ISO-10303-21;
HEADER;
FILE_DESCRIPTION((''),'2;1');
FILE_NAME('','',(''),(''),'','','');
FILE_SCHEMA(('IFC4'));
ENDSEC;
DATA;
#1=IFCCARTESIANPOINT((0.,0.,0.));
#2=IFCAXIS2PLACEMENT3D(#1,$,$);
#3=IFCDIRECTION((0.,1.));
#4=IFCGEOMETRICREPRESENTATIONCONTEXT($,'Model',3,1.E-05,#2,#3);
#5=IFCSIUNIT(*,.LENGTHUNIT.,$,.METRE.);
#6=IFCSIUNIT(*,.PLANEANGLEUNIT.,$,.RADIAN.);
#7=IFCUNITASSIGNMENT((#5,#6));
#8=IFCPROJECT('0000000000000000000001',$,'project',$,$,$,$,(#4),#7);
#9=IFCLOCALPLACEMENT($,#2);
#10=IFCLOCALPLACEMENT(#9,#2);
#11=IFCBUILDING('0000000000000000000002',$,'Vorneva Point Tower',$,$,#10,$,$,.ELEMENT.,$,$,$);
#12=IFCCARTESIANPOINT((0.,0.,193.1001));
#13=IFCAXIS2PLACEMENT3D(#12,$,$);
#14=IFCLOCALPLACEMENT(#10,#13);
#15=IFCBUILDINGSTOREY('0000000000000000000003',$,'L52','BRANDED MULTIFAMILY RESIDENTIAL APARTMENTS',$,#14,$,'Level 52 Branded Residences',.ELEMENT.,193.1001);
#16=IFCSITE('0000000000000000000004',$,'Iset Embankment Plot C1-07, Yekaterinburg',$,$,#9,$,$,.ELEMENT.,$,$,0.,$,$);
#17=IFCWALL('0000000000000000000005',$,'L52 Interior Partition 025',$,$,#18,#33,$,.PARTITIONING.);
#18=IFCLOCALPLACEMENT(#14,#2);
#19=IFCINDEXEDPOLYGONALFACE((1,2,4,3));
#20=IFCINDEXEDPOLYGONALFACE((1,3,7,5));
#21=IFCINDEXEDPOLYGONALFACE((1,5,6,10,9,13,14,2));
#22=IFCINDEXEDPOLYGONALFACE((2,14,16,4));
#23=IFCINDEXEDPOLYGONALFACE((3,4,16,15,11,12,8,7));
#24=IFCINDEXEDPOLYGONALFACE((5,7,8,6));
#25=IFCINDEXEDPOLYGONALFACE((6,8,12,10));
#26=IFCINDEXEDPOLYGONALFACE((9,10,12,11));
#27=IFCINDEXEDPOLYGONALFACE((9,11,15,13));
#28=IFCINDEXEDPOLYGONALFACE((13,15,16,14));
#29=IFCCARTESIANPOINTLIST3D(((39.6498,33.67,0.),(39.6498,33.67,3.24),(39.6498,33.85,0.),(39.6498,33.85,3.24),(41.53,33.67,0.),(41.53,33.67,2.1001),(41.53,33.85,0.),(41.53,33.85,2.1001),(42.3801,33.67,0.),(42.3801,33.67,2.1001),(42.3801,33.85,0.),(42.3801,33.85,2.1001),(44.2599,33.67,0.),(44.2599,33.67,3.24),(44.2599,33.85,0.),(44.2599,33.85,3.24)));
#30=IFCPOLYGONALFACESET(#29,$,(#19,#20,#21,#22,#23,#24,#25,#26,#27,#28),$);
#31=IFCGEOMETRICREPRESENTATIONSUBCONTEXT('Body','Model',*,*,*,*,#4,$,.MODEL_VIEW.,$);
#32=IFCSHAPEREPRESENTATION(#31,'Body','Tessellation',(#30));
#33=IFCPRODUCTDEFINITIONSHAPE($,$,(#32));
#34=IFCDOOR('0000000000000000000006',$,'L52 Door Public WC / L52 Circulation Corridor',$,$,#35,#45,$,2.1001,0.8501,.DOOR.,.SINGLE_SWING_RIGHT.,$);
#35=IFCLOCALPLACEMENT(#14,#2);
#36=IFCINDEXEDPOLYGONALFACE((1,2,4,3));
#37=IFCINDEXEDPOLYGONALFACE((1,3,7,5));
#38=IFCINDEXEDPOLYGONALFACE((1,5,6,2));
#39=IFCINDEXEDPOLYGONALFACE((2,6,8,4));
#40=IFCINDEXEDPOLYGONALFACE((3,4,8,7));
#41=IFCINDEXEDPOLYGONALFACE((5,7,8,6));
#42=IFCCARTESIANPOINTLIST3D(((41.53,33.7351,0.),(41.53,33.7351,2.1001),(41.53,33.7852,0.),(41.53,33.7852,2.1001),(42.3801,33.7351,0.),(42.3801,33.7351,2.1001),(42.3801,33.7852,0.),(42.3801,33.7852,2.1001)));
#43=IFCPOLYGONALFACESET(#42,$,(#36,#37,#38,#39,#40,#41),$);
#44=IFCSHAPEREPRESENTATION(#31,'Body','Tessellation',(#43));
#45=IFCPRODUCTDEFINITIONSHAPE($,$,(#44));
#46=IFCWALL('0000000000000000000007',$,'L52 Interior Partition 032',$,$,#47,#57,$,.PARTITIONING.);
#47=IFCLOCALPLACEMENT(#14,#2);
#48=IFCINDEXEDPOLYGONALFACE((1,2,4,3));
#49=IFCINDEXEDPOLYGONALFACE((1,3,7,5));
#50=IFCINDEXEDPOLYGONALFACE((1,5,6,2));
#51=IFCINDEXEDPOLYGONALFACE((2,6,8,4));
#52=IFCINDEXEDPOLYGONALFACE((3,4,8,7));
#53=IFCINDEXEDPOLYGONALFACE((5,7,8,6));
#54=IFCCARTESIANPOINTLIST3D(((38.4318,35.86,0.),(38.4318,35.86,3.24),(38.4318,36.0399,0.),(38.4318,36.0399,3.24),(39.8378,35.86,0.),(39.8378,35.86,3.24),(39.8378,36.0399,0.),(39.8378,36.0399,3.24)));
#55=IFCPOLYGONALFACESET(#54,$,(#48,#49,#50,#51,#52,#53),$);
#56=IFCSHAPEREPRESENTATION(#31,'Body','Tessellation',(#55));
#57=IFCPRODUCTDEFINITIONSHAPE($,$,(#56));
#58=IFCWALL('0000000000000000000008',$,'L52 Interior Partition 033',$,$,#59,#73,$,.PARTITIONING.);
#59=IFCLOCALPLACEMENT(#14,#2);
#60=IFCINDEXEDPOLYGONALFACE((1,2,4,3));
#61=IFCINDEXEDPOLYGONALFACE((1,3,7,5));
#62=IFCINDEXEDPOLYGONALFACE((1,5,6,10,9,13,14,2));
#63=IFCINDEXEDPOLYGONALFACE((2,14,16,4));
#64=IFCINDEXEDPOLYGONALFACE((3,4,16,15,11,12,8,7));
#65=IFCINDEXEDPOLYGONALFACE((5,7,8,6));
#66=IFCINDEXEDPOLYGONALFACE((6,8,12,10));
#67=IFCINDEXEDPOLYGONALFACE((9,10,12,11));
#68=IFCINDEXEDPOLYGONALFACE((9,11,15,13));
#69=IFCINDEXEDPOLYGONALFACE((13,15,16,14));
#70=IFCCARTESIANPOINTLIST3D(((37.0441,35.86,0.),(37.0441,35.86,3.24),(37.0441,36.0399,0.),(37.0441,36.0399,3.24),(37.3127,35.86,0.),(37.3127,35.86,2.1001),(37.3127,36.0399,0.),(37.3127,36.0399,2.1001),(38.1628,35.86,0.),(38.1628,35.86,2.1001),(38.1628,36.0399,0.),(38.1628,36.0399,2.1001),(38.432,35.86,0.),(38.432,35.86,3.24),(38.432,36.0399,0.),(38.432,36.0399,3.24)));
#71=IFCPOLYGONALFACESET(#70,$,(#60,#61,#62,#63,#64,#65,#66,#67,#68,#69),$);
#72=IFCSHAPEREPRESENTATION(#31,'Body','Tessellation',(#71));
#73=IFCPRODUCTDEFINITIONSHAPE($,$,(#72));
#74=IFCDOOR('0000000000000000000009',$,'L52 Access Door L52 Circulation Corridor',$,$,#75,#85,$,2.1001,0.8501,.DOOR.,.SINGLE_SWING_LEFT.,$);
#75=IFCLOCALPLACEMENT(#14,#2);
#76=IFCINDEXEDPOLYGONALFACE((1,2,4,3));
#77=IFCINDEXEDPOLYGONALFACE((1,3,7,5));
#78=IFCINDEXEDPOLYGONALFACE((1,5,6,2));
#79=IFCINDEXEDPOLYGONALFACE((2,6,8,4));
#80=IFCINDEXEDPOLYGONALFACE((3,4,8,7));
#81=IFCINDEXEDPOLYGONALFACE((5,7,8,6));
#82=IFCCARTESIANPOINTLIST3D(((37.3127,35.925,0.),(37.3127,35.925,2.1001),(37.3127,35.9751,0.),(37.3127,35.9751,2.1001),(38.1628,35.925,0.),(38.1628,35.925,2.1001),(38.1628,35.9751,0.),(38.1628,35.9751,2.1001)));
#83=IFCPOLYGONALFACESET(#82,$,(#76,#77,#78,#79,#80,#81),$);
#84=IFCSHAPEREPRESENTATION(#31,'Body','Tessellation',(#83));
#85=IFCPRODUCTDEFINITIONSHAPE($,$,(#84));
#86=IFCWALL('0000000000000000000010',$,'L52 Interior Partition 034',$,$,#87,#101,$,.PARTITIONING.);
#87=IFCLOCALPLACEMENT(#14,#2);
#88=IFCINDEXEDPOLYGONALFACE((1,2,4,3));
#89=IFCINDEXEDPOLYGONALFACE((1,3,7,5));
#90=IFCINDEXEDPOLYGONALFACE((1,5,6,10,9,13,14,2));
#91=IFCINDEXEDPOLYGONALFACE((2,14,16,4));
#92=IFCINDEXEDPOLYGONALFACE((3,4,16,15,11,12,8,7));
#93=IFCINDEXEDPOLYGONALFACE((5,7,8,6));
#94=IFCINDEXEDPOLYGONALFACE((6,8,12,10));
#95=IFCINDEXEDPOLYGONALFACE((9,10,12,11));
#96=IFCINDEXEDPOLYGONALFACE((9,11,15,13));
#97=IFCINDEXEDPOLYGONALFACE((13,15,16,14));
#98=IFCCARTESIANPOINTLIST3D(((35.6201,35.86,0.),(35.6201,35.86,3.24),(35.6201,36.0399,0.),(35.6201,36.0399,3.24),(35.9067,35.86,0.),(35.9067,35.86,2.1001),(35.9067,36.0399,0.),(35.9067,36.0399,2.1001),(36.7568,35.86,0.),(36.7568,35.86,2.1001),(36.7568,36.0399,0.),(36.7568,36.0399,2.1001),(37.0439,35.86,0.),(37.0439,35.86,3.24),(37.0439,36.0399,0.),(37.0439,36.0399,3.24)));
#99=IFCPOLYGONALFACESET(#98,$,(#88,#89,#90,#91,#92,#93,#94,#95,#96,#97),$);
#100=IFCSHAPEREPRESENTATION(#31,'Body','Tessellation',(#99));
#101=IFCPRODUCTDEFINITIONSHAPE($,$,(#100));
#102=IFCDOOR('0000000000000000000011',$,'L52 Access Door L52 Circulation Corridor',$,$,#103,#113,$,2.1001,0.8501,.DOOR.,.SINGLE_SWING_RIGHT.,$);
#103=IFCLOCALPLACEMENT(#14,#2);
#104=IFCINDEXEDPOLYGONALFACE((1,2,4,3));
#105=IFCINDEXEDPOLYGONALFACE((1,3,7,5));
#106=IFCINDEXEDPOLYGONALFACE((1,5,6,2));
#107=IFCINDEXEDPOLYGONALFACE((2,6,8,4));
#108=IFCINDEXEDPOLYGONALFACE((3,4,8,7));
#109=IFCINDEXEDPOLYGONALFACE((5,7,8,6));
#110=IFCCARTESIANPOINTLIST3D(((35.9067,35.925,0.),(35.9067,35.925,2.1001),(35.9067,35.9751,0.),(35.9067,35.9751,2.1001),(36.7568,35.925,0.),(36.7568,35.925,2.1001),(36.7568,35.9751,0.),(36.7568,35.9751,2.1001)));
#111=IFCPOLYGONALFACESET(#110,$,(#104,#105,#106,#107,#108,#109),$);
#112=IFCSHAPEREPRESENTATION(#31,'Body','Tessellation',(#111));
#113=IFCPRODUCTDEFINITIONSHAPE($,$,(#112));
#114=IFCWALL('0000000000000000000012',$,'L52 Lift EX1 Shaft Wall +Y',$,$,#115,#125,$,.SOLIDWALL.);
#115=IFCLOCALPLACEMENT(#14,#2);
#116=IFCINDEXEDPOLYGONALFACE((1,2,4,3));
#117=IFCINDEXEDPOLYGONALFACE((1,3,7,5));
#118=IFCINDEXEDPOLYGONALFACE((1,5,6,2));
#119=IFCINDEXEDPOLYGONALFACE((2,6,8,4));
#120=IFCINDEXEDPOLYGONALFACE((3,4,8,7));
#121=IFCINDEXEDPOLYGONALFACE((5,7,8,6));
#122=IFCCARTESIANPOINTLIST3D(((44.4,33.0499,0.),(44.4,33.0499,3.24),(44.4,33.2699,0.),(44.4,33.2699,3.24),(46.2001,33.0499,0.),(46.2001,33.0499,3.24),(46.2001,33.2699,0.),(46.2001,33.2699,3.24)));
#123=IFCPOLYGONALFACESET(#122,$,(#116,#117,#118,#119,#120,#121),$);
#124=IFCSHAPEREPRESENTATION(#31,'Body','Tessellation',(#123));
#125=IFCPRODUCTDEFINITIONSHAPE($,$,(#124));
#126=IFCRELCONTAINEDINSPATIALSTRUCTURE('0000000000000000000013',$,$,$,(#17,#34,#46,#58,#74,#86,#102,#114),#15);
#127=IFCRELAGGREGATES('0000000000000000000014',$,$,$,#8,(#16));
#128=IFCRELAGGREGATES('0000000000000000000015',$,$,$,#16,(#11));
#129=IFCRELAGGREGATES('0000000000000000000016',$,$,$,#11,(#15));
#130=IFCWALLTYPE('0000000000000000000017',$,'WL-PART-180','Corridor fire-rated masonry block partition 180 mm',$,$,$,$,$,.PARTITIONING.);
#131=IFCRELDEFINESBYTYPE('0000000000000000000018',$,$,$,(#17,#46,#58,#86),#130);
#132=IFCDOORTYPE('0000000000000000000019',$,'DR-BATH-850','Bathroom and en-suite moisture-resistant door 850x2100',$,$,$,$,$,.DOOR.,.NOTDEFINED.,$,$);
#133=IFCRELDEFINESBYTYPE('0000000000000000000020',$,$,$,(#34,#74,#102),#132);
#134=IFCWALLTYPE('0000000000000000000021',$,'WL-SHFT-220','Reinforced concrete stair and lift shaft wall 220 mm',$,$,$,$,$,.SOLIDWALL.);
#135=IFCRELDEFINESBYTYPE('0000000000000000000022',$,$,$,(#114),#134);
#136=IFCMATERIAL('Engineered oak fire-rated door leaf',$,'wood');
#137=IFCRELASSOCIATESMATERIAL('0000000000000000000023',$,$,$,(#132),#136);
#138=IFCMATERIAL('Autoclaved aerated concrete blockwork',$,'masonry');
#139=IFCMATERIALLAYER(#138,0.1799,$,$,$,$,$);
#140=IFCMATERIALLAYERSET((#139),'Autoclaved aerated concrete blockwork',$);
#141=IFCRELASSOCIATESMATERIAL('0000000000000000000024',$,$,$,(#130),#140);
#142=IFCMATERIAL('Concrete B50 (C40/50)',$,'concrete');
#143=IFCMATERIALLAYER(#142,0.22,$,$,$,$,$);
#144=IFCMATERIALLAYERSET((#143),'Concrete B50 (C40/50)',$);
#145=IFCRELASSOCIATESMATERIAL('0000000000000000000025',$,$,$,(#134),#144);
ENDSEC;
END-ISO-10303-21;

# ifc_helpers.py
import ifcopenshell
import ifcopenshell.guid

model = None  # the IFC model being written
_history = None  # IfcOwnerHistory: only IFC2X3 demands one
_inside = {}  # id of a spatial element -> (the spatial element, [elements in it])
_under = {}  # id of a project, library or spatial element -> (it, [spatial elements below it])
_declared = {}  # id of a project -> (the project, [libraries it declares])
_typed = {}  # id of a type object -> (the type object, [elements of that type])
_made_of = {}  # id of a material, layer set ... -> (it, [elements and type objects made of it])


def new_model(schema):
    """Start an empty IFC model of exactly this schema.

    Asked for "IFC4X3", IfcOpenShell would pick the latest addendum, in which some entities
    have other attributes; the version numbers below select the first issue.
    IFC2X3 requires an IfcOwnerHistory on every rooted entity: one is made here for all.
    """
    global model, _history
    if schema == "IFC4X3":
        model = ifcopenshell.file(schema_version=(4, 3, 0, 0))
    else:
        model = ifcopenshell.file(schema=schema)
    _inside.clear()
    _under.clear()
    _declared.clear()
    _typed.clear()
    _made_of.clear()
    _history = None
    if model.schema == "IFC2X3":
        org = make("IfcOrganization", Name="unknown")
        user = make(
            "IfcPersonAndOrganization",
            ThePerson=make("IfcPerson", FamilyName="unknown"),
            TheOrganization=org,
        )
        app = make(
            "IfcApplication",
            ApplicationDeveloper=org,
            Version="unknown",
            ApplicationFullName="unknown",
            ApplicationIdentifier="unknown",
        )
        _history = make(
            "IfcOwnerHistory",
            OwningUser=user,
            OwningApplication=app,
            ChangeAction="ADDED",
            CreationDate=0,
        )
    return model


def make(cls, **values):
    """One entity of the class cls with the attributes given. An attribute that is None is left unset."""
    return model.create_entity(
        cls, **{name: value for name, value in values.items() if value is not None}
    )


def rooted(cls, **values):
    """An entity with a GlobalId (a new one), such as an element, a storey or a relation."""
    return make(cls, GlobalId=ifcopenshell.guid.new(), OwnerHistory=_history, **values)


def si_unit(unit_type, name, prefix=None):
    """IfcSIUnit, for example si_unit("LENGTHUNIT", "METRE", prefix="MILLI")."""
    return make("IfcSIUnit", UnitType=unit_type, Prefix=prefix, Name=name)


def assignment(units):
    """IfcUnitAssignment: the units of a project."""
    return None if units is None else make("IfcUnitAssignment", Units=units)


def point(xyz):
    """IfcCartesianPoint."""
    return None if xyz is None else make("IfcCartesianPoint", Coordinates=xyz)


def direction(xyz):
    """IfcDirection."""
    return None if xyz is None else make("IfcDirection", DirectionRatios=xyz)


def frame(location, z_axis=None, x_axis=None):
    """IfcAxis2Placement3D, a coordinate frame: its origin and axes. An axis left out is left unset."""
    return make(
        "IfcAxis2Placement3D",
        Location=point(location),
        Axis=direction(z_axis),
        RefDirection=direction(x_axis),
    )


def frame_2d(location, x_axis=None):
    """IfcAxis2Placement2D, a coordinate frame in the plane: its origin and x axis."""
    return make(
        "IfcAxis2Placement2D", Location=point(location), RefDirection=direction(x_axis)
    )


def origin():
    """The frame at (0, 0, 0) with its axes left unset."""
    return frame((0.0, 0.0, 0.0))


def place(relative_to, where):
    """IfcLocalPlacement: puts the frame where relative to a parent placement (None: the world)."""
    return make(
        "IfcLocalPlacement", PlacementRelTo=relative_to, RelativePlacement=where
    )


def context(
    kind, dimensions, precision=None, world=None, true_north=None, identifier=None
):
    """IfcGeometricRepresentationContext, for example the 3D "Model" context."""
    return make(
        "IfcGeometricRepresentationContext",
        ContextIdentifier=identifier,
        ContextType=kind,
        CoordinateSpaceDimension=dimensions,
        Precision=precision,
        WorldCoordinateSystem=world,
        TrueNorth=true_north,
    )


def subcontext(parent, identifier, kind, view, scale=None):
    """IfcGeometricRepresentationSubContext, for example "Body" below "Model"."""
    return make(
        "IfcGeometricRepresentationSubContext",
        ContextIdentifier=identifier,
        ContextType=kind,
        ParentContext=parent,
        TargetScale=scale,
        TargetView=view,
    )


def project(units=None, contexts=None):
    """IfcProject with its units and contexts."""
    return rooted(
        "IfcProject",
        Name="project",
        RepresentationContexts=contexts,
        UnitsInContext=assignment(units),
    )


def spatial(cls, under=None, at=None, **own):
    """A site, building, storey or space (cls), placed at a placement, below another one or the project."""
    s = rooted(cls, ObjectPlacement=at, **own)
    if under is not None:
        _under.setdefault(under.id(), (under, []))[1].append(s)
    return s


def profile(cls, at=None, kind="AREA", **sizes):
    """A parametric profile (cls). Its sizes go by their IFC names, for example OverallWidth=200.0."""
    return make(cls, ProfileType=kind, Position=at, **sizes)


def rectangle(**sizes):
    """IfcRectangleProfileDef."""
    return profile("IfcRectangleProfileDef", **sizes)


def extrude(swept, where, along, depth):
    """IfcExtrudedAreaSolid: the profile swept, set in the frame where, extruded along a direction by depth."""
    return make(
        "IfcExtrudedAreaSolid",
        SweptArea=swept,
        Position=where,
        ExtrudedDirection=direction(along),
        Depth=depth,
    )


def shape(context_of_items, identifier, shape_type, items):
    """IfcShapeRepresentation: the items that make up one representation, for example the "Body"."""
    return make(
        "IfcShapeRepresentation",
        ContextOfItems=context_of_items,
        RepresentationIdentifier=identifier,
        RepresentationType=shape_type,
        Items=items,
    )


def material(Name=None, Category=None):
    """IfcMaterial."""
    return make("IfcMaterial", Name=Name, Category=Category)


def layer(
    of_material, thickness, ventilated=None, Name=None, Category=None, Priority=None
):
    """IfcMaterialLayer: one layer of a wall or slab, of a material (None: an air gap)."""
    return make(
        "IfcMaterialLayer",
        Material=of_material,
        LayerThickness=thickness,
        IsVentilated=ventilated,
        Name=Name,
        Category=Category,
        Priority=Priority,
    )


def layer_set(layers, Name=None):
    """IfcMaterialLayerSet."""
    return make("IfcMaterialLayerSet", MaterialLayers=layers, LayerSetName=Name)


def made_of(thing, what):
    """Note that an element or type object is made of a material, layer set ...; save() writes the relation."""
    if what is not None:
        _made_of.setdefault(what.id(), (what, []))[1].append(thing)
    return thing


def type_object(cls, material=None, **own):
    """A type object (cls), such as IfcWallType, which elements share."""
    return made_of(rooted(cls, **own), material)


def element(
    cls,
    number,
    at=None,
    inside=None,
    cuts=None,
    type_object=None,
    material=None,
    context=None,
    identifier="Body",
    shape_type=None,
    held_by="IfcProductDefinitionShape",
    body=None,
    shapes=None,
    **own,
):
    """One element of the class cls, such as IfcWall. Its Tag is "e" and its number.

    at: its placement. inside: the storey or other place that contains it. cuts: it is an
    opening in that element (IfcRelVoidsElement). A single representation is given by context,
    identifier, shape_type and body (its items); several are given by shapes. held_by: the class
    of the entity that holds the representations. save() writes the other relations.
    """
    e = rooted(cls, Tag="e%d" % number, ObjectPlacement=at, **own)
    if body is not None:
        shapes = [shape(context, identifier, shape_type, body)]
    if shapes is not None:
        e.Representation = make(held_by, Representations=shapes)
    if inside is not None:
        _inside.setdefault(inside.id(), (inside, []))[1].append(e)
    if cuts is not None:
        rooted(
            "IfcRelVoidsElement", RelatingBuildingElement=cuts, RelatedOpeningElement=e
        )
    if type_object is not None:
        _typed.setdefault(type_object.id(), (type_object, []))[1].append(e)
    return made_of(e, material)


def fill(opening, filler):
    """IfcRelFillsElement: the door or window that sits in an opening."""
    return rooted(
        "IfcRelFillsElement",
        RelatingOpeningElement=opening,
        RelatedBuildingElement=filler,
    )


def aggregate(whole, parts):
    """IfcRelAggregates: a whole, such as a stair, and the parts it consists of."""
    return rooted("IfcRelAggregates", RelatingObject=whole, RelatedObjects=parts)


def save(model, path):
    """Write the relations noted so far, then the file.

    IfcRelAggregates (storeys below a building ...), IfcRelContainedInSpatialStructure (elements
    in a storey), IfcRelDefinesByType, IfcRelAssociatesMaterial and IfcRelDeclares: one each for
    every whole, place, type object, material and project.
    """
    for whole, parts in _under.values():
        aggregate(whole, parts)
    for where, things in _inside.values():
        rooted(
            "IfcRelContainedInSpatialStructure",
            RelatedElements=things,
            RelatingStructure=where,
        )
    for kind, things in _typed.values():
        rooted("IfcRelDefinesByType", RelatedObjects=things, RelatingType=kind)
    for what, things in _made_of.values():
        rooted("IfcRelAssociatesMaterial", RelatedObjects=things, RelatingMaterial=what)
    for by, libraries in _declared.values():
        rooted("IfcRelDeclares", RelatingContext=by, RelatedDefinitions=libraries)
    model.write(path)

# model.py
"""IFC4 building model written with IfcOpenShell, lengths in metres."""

from ifc_helpers import new_model, si_unit, direction, frame, frame_2d, origin, place, context, subcontext, project, spatial, rectangle, extrude, material, layer, layer_set, type_object, element, fill, save


model = new_model("IFC4")

# Units and contexts
model_context = context("Model", 3, precision=1e-05, world=origin(), true_north=direction((0.0, 1.0)))
body_context = subcontext(model_context, "Body", "Model", "MODEL_VIEW")
ifc_project = project(units=[si_unit("LENGTHUNIT", "METRE"), si_unit("PLANEANGLEUNIT", "RADIAN")], contexts=[model_context])

# Site, building, storey
site_placement = place(None, origin())
site = spatial("IfcSite", under=ifc_project, at=site_placement, Name="Iset Embankment Plot C1-07, Yekaterinburg", CompositionType="ELEMENT", RefElevation=0.0)
building_placement = place(site_placement, origin())
building = spatial("IfcBuilding", under=site, at=building_placement, Name="Vorneva Point Tower", CompositionType="ELEMENT")
storey_placement = place(building_placement, frame((0.0, 0.0, 193.1001)))
storey = spatial("IfcBuildingStorey", under=building, at=storey_placement, Name="L52", Description="BRANDED MULTIFAMILY RESIDENTIAL APARTMENTS", LongName="Level 52 Branded Residences", CompositionType="ELEMENT", Elevation=193.1001)

# Shared definitions
ifc_material_1 = material(Name="Concrete B50 (C40/50)", Category="concrete")

# Shared definitions
ifc_material_2 = material(Name="Engineered oak fire-rated door leaf", Category="wood")
door_type_1 = type_object("IfcDoorType", Name="DR-BATH-850", Description="Bathroom and en-suite moisture-resistant door 850x2100", OperationType="NOTDEFINED", PredefinedType="DOOR", material=ifc_material_2)

# Wall, opening, door
ifc_material_3 = material(Name="Autoclaved aerated concrete blockwork", Category="masonry")
ifc_layer_1 = layer(ifc_material_3, 0.1799)
ifc_layer_set_1 = layer_set([ifc_layer_1], Name="Autoclaved aerated concrete blockwork")
wall_type_1 = type_object("IfcWallType", Name="WL-PART-180", Description="Corridor fire-rated masonry block partition 180 mm", PredefinedType="PARTITIONING", material=ifc_layer_set_1)
wall_1_placement = place(storey_placement, frame((44.26, 33.76, 0.0), z_axis=(0.0, 0.0, 1.0), x_axis=(-1.0, 0.0, 0.0)))
wall_1 = element("IfcWall", 1, at=wall_1_placement, inside=storey, type_object=wall_type_1, Name="L52 Interior Partition 025", PredefinedType="PARTITIONING", context=body_context, shape_type="SweptSolid", body=[
    extrude(rectangle(XDim=4.6101, YDim=0.1799, at=frame_2d((2.3052, 0.0))), origin(), (0.0, 0.0, 1.0), 3.24),
])
opening_1_placement = place(wall_1_placement, frame((1.8799, 0.0, 0.0)))
opening_1 = element("IfcOpeningElement", 2, at=opening_1_placement, cuts=wall_1, PredefinedType="OPENING", context=body_context, shape_type="SweptSolid", body=[
    extrude(rectangle(XDim=0.8501, YDim=2.1001, at=frame_2d((0.425, 1.05))), frame((0.0, 0.105, 0.0), z_axis=(0.0, -1.0, 0.0), x_axis=(1.0, 0.0, 0.0)), (0.0, 0.0, 1.0), 0.2097),
])
door_1_placement = place(opening_1_placement, origin())
door_1 = element("IfcDoor", 3, at=door_1_placement, inside=storey, type_object=door_type_1, Name="L52 Door Public WC / L52 Circulation Corridor", OperationType="SINGLE_SWING_RIGHT", OverallHeight=2.1001, OverallWidth=0.8501, PredefinedType="DOOR", context=body_context, shape_type="SweptSolid", body=[
    extrude(rectangle(XDim=0.8501, YDim=2.1001, at=frame_2d((0.425, 1.05))), frame((0.0, 0.0249, 0.0), z_axis=(0.0, -1.0, 0.0), x_axis=(1.0, 0.0, 0.0)), (0.0, 0.0, 1.0), 0.05),
])
fill(opening_1, door_1)

# Wall
wall_2_placement = place(storey_placement, frame((39.8379, 35.95, 0.0), z_axis=(0.0, 0.0, 1.0), x_axis=(-1.0, 0.0, 0.0)))
element("IfcWall", 4, at=wall_2_placement, inside=storey, type_object=wall_type_1, Name="L52 Interior Partition 032", PredefinedType="PARTITIONING", context=body_context, shape_type="SweptSolid", body=[
    extrude(rectangle(XDim=1.406, YDim=0.1799, at=frame_2d((0.7031, 0.0))), origin(), (0.0, 0.0, 1.0), 3.24),
])

# Walls, openings, doors
wall_3_placement = place(storey_placement, frame((38.4319, 35.95, 0.0), z_axis=(0.0, 0.0, 1.0), x_axis=(-1.0, 0.0, 0.0)))
wall_3 = element("IfcWall", 5, at=wall_3_placement, inside=storey, type_object=wall_type_1, Name="L52 Interior Partition 033", PredefinedType="PARTITIONING", context=body_context, shape_type="SweptSolid", body=[
    extrude(rectangle(XDim=1.3879, YDim=0.1799, at=frame_2d((0.6938, 0.0))), origin(), (0.0, 0.0, 1.0), 3.24),
])
opening_2_placement = place(wall_3_placement, frame((0.269, 0.0, 0.0)))
opening_2 = element("IfcOpeningElement", 6, at=opening_2_placement, cuts=wall_3, PredefinedType="OPENING", context=body_context, shape_type="SweptSolid", body=[
    extrude(rectangle(XDim=0.8501, YDim=2.1001, at=frame_2d((0.425, 1.05))), frame((0.0, 0.105, 0.0), z_axis=(0.0, -1.0, 0.0), x_axis=(1.0, 0.0, 0.0)), (0.0, 0.0, 1.0), 0.2097),
])
door_2_placement = place(opening_2_placement, origin())
door_2 = element("IfcDoor", 7, at=door_2_placement, inside=storey, type_object=door_type_1, Name="L52 Access Door L52 Circulation Corridor", OperationType="SINGLE_SWING_LEFT", OverallHeight=2.1001, OverallWidth=0.8501, PredefinedType="DOOR", context=body_context, shape_type="SweptSolid", body=[
    extrude(rectangle(XDim=0.8501, YDim=2.1001, at=frame_2d((0.425, 1.05))), frame((0.0, 0.0249, 0.0), z_axis=(0.0, -1.0, 0.0), x_axis=(1.0, 0.0, 0.0)), (0.0, 0.0, 1.0), 0.05),
])
fill(opening_2, door_2)
wall_4_placement = place(storey_placement, frame((37.0439, 35.95, 0.0), z_axis=(0.0, 0.0, 1.0), x_axis=(-1.0, 0.0, 0.0)))
wall_4 = element("IfcWall", 8, at=wall_4_placement, inside=storey, type_object=wall_type_1, Name="L52 Interior Partition 034", PredefinedType="PARTITIONING", context=body_context, shape_type="SweptSolid", body=[
    extrude(rectangle(XDim=1.4238, YDim=0.1799, at=frame_2d((0.7119, 0.0))), origin(), (0.0, 0.0, 1.0), 3.24),
])
opening_3_placement = place(wall_4_placement, frame((0.2871, 0.0, 0.0)))
opening_3 = element("IfcOpeningElement", 9, at=opening_3_placement, cuts=wall_4, PredefinedType="OPENING", context=body_context, shape_type="SweptSolid", body=[
    extrude(rectangle(XDim=0.8501, YDim=2.1001, at=frame_2d((0.425, 1.05))), frame((0.0, 0.105, 0.0), z_axis=(0.0, -1.0, 0.0), x_axis=(1.0, 0.0, 0.0)), (0.0, 0.0, 1.0), 0.2097),
])
door_3_placement = place(opening_3_placement, origin())
door_3 = element("IfcDoor", 10, at=door_3_placement, inside=storey, type_object=door_type_1, Name="L52 Access Door L52 Circulation Corridor", OperationType="SINGLE_SWING_RIGHT", OverallHeight=2.1001, OverallWidth=0.8501, PredefinedType="DOOR", context=body_context, shape_type="SweptSolid", body=[
    extrude(rectangle(XDim=0.8501, YDim=2.1001, at=frame_2d((0.425, 1.05))), frame((0.0, 0.0249, 0.0), z_axis=(0.0, -1.0, 0.0), x_axis=(1.0, 0.0, 0.0)), (0.0, 0.0, 1.0), 0.05),
])
fill(opening_3, door_3)

# Wall
ifc_layer_2 = layer(ifc_material_1, 0.22)
ifc_layer_set_2 = layer_set([ifc_layer_2], Name="Concrete B50 (C40/50)")
wall_type_2 = type_object("IfcWallType", Name="WL-SHFT-220", Description="Reinforced concrete stair and lift shaft wall 220 mm", PredefinedType="SOLIDWALL", material=ifc_layer_set_2)
wall_5_placement = place(storey_placement, frame((46.2, 33.1599, 0.0), z_axis=(0.0, 0.0, 1.0), x_axis=(-1.0, 0.0, 0.0)))
element("IfcWall", 11, at=wall_5_placement, inside=storey, type_object=wall_type_2, Name="L52 Lift EX1 Shaft Wall +Y", PredefinedType="SOLIDWALL", context=body_context, shape_type="SweptSolid", body=[
    extrude(rectangle(XDim=1.8, YDim=0.22, at=frame_2d((0.8999, 0.0))), origin(), (0.0, 0.0, 1.0), 3.24),
])

save(model, "model.ifc")
